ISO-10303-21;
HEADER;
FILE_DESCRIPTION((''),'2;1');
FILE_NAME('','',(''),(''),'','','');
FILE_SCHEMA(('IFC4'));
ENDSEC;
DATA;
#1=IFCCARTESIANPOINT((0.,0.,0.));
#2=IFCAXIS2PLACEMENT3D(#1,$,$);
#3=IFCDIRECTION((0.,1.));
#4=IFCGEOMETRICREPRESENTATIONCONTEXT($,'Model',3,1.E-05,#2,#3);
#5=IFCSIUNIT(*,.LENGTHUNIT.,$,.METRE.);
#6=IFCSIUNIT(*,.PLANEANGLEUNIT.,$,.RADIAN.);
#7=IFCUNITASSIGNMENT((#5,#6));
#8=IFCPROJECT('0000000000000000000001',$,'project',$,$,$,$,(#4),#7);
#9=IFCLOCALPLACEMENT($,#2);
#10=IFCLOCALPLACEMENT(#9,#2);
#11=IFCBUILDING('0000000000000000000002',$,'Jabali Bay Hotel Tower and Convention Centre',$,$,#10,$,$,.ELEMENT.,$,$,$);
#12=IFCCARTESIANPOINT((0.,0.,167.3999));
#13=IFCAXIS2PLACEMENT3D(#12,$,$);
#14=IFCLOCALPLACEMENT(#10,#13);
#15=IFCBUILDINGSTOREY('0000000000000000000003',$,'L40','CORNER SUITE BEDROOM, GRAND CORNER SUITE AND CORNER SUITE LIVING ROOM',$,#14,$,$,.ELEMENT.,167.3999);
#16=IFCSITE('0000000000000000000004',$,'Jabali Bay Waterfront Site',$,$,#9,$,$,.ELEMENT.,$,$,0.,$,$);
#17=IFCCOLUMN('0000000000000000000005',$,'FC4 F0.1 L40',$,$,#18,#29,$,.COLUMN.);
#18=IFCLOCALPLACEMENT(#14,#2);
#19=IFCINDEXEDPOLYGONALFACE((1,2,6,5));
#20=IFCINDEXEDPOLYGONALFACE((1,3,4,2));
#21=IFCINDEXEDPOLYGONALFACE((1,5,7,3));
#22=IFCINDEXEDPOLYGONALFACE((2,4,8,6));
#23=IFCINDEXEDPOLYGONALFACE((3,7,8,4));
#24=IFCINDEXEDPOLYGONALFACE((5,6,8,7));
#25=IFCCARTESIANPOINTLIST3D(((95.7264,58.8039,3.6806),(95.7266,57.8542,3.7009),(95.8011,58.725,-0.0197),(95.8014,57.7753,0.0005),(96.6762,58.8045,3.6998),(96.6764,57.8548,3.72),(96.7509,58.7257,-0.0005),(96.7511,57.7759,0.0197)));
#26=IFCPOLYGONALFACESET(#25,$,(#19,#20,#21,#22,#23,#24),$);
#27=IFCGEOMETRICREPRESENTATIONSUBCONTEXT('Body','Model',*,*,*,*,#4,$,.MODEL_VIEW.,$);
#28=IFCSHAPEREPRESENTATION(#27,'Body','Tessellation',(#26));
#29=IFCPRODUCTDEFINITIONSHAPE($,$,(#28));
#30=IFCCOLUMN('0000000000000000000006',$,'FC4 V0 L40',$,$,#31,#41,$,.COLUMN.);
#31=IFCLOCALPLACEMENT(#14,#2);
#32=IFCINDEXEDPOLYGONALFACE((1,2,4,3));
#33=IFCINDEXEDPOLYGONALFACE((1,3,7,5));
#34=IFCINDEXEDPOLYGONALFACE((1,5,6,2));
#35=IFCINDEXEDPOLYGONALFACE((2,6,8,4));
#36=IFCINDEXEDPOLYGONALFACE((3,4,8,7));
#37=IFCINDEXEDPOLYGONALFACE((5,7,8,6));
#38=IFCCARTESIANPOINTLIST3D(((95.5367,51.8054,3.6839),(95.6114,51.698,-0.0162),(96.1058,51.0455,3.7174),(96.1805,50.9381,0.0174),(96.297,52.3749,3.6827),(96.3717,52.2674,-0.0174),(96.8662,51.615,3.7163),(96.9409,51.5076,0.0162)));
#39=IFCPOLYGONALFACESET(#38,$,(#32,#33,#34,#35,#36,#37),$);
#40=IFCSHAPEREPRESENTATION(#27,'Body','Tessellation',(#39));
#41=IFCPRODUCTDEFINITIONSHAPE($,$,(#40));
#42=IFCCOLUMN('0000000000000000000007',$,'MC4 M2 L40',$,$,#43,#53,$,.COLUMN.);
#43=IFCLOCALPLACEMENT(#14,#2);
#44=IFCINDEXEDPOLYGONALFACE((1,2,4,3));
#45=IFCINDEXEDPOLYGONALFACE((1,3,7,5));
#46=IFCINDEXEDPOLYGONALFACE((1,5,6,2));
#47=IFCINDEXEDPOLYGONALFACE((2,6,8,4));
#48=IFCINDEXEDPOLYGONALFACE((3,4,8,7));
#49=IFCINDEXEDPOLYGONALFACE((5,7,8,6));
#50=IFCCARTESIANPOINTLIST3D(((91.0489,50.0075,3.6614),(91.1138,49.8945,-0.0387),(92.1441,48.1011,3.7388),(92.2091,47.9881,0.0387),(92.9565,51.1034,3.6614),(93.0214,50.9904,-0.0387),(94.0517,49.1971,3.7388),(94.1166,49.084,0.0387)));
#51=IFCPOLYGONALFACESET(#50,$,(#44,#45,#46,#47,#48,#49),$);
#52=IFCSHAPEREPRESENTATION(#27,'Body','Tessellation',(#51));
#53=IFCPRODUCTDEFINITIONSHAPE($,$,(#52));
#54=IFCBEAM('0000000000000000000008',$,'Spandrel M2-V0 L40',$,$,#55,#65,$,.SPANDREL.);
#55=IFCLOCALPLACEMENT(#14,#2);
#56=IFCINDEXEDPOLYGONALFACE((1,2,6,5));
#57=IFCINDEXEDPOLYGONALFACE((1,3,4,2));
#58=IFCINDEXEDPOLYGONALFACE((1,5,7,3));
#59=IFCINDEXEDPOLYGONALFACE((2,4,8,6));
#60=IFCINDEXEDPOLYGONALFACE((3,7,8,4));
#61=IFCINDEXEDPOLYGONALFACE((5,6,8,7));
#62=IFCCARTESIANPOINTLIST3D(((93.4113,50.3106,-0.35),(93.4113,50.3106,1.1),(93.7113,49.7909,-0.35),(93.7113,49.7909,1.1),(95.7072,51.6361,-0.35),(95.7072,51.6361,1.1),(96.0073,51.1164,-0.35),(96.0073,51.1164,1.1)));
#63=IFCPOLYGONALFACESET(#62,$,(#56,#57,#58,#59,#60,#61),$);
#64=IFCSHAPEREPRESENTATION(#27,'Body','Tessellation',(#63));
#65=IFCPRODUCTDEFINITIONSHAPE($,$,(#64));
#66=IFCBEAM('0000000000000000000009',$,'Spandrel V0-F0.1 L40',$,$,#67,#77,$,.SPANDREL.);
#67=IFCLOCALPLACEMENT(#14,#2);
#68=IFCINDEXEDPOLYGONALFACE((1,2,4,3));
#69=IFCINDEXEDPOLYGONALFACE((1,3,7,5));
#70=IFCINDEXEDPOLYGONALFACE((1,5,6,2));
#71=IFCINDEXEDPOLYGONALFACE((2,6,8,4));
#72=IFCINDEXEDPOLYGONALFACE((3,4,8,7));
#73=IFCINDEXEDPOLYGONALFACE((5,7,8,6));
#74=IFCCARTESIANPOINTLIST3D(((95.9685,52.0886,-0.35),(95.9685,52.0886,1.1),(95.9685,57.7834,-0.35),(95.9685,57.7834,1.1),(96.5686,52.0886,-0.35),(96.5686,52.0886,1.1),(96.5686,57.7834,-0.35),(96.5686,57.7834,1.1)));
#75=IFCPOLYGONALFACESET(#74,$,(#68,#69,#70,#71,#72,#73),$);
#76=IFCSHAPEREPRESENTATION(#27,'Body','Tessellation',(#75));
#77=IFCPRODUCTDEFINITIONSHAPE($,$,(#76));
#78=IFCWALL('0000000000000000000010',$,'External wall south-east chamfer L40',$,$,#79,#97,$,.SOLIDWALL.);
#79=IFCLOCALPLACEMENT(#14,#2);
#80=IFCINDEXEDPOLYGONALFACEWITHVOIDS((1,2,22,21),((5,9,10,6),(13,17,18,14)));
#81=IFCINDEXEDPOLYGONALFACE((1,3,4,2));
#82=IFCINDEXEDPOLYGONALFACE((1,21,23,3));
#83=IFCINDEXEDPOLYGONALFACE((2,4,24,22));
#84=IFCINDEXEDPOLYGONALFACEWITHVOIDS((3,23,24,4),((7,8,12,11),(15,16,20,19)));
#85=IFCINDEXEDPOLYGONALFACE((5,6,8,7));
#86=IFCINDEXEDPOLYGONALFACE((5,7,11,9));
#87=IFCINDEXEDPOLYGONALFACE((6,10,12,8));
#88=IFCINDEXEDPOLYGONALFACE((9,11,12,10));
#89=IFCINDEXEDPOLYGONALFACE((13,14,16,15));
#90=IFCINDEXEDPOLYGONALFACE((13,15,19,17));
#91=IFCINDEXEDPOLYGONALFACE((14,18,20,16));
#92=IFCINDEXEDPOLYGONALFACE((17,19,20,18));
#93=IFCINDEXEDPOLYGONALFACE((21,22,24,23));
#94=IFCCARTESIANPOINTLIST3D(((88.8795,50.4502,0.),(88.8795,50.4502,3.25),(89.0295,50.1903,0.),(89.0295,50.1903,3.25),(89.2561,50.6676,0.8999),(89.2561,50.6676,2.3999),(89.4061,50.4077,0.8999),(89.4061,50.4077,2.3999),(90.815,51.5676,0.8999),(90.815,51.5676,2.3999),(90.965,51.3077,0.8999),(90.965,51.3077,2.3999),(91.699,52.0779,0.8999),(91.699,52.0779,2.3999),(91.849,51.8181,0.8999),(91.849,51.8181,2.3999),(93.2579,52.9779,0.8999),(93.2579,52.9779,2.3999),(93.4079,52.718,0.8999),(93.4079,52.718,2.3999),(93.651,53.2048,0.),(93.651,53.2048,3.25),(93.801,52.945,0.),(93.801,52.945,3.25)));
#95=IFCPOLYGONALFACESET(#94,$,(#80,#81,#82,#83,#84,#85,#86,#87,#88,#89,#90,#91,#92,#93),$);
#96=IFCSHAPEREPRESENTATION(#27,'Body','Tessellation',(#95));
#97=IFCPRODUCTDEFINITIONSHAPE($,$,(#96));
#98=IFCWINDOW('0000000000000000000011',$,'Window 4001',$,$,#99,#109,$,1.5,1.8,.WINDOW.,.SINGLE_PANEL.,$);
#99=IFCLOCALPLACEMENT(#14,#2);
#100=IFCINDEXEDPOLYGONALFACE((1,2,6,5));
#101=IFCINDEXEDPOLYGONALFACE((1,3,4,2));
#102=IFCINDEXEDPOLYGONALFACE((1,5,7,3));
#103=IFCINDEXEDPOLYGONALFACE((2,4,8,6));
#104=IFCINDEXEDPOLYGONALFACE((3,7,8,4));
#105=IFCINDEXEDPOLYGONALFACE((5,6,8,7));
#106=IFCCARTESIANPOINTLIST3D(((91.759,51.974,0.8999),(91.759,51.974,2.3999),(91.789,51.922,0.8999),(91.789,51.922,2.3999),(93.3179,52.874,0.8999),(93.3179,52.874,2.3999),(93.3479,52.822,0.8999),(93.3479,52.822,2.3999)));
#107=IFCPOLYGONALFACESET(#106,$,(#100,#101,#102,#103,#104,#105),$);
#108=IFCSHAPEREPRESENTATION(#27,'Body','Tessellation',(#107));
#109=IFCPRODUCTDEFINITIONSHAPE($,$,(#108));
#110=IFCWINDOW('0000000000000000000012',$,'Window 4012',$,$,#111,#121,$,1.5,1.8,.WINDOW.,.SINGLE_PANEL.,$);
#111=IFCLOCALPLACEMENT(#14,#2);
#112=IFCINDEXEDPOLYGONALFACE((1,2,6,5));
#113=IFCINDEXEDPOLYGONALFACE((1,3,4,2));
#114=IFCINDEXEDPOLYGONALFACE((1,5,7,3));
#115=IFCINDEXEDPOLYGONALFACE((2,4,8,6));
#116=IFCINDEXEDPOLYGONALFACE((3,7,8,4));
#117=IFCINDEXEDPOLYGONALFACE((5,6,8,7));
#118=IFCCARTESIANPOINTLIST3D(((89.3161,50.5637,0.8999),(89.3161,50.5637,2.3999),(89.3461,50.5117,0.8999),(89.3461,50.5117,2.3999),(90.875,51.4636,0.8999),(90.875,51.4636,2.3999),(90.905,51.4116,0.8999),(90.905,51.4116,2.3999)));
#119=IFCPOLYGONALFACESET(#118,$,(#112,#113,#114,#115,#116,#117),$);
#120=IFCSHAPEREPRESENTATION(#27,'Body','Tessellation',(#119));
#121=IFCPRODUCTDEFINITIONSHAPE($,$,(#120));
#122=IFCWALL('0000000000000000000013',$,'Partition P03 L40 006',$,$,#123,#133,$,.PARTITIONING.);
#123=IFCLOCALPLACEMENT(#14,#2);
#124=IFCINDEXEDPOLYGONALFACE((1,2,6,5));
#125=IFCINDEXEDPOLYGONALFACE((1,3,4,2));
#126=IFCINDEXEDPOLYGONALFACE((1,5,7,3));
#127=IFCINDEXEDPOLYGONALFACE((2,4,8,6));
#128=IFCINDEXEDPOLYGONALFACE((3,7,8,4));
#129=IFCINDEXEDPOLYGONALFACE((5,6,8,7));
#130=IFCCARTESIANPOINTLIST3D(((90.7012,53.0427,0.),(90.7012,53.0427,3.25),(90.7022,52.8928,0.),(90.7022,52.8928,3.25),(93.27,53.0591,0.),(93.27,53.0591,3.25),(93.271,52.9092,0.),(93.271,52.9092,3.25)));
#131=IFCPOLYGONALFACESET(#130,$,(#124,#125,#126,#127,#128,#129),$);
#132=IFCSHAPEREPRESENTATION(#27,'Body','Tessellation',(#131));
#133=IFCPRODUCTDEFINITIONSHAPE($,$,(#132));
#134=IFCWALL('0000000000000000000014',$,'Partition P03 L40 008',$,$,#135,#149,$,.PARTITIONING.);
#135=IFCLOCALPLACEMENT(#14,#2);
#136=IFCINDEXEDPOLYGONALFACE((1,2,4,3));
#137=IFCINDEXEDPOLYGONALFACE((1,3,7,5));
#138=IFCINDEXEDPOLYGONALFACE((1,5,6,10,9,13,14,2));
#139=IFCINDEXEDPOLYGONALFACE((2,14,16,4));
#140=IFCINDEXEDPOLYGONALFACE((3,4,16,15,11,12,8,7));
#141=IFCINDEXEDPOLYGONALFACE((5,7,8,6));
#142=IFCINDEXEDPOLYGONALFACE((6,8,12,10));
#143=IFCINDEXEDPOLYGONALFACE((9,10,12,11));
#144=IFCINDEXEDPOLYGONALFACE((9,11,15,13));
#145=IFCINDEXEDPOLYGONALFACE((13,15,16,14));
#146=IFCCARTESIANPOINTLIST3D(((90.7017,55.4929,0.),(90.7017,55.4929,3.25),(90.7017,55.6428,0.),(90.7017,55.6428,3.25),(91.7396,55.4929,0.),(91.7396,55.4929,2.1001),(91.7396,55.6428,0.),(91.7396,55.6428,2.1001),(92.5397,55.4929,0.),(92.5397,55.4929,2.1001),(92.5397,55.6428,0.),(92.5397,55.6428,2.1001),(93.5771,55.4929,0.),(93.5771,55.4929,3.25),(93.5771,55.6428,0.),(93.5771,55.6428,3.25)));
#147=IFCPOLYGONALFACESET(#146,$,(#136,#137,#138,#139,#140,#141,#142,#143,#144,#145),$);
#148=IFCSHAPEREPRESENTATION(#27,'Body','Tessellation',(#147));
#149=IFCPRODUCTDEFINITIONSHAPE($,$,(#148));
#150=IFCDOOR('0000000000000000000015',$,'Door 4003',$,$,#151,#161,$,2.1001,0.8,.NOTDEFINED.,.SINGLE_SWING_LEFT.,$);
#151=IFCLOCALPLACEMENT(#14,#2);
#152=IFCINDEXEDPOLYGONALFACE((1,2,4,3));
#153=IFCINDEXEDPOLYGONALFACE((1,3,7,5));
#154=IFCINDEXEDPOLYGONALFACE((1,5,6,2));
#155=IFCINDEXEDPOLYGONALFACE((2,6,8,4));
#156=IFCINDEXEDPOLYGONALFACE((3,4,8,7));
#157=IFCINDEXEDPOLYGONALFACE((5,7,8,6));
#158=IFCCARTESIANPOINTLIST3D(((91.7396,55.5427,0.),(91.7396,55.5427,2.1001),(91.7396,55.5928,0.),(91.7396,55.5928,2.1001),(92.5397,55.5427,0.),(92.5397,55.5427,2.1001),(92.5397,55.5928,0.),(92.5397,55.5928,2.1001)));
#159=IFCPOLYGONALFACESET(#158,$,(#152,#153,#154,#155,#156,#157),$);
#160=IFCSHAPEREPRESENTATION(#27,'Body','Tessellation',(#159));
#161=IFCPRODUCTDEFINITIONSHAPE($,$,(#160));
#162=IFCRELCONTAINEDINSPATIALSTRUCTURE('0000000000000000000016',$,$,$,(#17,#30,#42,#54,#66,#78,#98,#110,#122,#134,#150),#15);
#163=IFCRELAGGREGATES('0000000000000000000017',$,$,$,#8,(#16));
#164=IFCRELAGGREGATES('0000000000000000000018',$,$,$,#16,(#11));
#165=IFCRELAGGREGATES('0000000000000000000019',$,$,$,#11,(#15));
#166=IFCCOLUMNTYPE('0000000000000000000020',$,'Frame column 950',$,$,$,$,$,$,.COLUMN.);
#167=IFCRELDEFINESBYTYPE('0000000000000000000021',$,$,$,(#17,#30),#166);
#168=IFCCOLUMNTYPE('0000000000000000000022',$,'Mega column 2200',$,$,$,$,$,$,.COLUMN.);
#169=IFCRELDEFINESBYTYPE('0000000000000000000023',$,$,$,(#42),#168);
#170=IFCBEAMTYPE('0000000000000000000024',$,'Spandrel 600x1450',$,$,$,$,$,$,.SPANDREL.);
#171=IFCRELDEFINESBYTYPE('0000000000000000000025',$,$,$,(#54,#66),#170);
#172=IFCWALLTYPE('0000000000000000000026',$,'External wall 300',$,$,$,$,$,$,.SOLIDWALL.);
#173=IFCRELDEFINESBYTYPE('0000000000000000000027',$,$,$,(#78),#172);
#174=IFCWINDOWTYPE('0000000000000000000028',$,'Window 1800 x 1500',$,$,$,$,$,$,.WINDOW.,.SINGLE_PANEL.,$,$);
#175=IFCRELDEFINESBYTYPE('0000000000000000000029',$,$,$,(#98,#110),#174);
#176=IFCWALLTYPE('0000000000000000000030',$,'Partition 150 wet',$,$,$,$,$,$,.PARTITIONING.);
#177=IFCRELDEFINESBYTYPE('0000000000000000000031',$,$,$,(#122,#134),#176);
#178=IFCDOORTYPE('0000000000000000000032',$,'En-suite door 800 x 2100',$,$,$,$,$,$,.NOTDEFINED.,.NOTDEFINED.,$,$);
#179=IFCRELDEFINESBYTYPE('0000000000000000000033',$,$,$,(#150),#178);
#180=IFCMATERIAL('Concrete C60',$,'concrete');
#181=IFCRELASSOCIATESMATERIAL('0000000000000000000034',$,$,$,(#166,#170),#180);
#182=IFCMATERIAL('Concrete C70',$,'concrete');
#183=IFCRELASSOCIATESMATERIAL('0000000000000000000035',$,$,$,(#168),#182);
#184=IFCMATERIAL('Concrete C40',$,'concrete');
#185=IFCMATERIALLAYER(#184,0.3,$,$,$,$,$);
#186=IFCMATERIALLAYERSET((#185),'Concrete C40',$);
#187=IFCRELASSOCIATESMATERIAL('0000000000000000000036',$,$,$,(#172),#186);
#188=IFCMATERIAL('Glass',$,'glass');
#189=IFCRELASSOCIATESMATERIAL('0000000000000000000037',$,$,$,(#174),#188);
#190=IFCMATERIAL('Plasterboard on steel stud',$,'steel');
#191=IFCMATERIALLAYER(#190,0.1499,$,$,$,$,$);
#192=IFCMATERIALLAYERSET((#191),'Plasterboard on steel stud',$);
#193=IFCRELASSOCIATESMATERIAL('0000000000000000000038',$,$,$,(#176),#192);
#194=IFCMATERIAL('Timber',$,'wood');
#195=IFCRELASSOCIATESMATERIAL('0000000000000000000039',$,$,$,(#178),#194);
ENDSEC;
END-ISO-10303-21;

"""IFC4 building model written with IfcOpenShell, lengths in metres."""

from ifc_helpers import new_model, si_unit, direction, frame, frame_2d, origin, origin_2d, place, context, subcontext, project, spatial, rectangle, extrude, material, layer, layer_set, material_profile, profile_set, type_object, element, fill, save


model = new_model("IFC4")

# Units and contexts
model_context = context("Model", 3, precision=1e-05, world=origin(), true_north=direction((0.0, 1.0)))
body_context = subcontext(model_context, "Body", "Model", "MODEL_VIEW")
ifc_project = project(units=[si_unit("LENGTHUNIT", "METRE"), si_unit("PLANEANGLEUNIT", "RADIAN")], contexts=[model_context])

# Site, building, storey
site_placement = place(None, origin())
site = spatial("IfcSite", under=ifc_project, at=site_placement, Name="Jabali Bay Waterfront Site", CompositionType="ELEMENT", RefElevation=0.0)
building_placement = place(site_placement, origin())
building = spatial("IfcBuilding", under=site, at=building_placement, Name="Jabali Bay Hotel Tower and Convention Centre", CompositionType="ELEMENT")
storey_placement = place(building_placement, frame((0.0, 0.0, 167.3999)))
storey = spatial("IfcBuildingStorey", under=building, at=storey_placement, Name="L40", Description="CORNER SUITE BEDROOM, GRAND CORNER SUITE AND CORNER SUITE LIVING ROOM", CompositionType="ELEMENT", Elevation=167.3999)

# Columns
ifc_material_1 = material(Name="Concrete C60", Category="concrete")
ifc_material_profile_1 = material_profile(ifc_material_1, rectangle(XDim=0.95, YDim=0.95, at=origin_2d()), Name="Frame column 950")
ifc_profile_set_1 = profile_set([ifc_material_profile_1], Name="Concrete C60")
column_type_1 = type_object("IfcColumnType", Name="Frame column 950", PredefinedType="COLUMN", material=ifc_profile_set_1)
column_1_placement = place(storey_placement, frame((96.2761, 58.2505, 0.0), z_axis=(-0.020181, 0.021303, 0.999569), x_axis=(0.000228, -0.999773, 0.021311)))
element("IfcColumn", 1, at=column_1_placement, inside=storey, type_object=column_type_1, Name="FC4 F0.1 L40", PredefinedType="COLUMN", context=body_context, shape_type="SweptSolid", body=[
    extrude(rectangle(XDim=0.95, YDim=0.95, at=origin_2d()), origin(), (0.0, 0.0, 1.0), 3.7019),
])
column_2_placement = place(storey_placement, frame((96.2761, 51.6028, 0.0), z_axis=(-0.020177, 0.029013, 0.999375), x_axis=(-0.800403, -0.599461, 0.001243)))
element("IfcColumn", 2, at=column_2_placement, inside=storey, type_object=column_type_1, Name="FC4 V0 L40", PredefinedType="COLUMN", context=body_context, shape_type="SweptSolid", body=[
    extrude(rectangle(XDim=0.95, YDim=0.95, at=origin_2d()), origin(), (0.0, 0.0, 1.0), 3.7024),
])
ifc_material_2 = material(Name="Concrete C70", Category="concrete")
ifc_material_profile_2 = material_profile(ifc_material_2, rectangle(XDim=2.2, YDim=2.2, at=origin_2d()), Name="Mega column 2200")
ifc_profile_set_2 = profile_set([ifc_material_profile_2], Name="Concrete C70")
column_type_2 = type_object("IfcColumnType", Name="Mega column 2200", PredefinedType="COLUMN", material=ifc_profile_set_2)
column_3_placement = place(storey_placement, frame((92.6152, 49.4893, 0.0), z_axis=(-0.01754, 0.03053, 0.99938), x_axis=(0.497845, -0.866551, 0.03521)))
element("IfcColumn", 3, at=column_3_placement, inside=storey, type_object=column_type_2, Name="MC4 M2 L40", PredefinedType="COLUMN", context=body_context, shape_type="SweptSolid", body=[
    extrude(rectangle(XDim=2.2, YDim=2.2, at=origin_2d()), origin(), (0.0, 0.0, 1.0), 3.7024),
])

# Beams
ifc_material_profile_3 = material_profile(ifc_material_1, rectangle(XDim=0.6001, YDim=1.45, at=origin_2d()), Name="Spandrel 600x1450")
ifc_profile_set_3 = profile_set([ifc_material_profile_3], Name="Concrete C60")
beam_type = type_object("IfcBeamType", Name="Spandrel 600x1450", PredefinedType="SPANDREL", material=ifc_profile_set_3)
beam_1_placement = place(storey_placement, frame((93.5613, 50.0508, 0.375), z_axis=(0.866041, 0.499972, 0.0), x_axis=(-0.499972, 0.866041, 0.0)))
element("IfcBeam", 4, at=beam_1_placement, inside=storey, type_object=beam_type, Name="Spandrel M2-V0 L40", PredefinedType="SPANDREL", context=body_context, shape_type="SweptSolid", body=[
    extrude(rectangle(XDim=0.6001, YDim=1.45, at=origin_2d()), origin(), (0.0, 0.0, 1.0), 2.6511),
])
beam_2_placement = place(storey_placement, frame((96.2686, 52.0886, 0.375), z_axis=(0.0, 1.0, 0.0), x_axis=(-1.0, 0.0, 0.0)))
element("IfcBeam", 5, at=beam_2_placement, inside=storey, type_object=beam_type, Name="Spandrel V0-F0.1 L40", PredefinedType="SPANDREL", context=body_context, shape_type="SweptSolid", body=[
    extrude(rectangle(XDim=0.6001, YDim=1.45, at=origin_2d()), origin(), (0.0, 0.0, 1.0), 5.6948),
])

# Wall, openings, windows
ifc_material_3 = material(Name="Concrete C40", Category="concrete")
ifc_layer_1 = layer(ifc_material_3, 0.3)
ifc_layer_set_1 = layer_set([ifc_layer_1], Name="Concrete C40")
wall_type_1 = type_object("IfcWallType", Name="External wall 300", PredefinedType="SOLIDWALL", material=ifc_layer_set_1)
wall_1_placement = place(storey_placement, frame((93.7261, 53.075, 0.0), z_axis=(0.0, 0.0, 1.0), x_axis=(-0.866039, -0.499976, 0.0)))
wall_1 = element("IfcWall", 6, at=wall_1_placement, inside=storey, type_object=wall_type_1, Name="External wall south-east chamfer L40", PredefinedType="SOLIDWALL", context=body_context, shape_type="SweptSolid", body=[
    extrude(rectangle(XDim=5.5095, YDim=0.3, at=frame_2d((2.7549, 0.0))), origin(), (0.0, 0.0, 1.0), 3.25),
])
opening_1_placement = place(wall_1_placement, frame((0.4541, 0.0, 0.8999)))
opening_1 = element("IfcOpeningElement", 7, at=opening_1_placement, cuts=wall_1, PredefinedType="OPENING", context=body_context, shape_type="SweptSolid", body=[
    extrude(rectangle(XDim=1.8, YDim=1.5, at=frame_2d((0.8999, 0.75))), frame((0.0, 0.1606, 0.0), z_axis=(0.0, -1.0, 0.0), x_axis=(1.0, 0.0, 0.0)), (0.0, 0.0, 1.0), 0.321),
])
opening_2_placement = place(wall_1_placement, frame((3.2749, 0.0, 0.8999)))
opening_2 = element("IfcOpeningElement", 8, at=opening_2_placement, cuts=wall_1, PredefinedType="OPENING", context=body_context, shape_type="SweptSolid", body=[
    extrude(rectangle(XDim=1.8, YDim=1.5, at=frame_2d((0.8999, 0.75))), frame((0.0, 0.1606, 0.0), z_axis=(0.0, -1.0, 0.0), x_axis=(1.0, 0.0, 0.0)), (0.0, 0.0, 1.0), 0.321),
])
ifc_material_4 = material(Name="Glass", Category="glass")
window_type = type_object("IfcWindowType", Name="Window 1800 x 1500", PartitioningType="SINGLE_PANEL", PredefinedType="WINDOW", material=ifc_material_4)
window_1_placement = place(opening_1_placement, origin())
window_1 = element("IfcWindow", 9, at=window_1_placement, inside=storey, type_object=window_type, Name="Window 4001", OverallHeight=1.5, OverallWidth=1.8, PartitioningType="SINGLE_PANEL", PredefinedType="WINDOW", context=body_context, shape_type="SweptSolid", body=[
    extrude(rectangle(XDim=1.8, YDim=1.5, at=frame_2d((0.8999, 0.75))), frame((0.0, 0.03, 0.0), z_axis=(0.0, -1.0, 0.0), x_axis=(1.0, 0.0, 0.0)), (0.0, 0.0, 1.0), 0.0601),
])
fill(opening_1, window_1)
window_2_placement = place(opening_2_placement, origin())
window_2 = element("IfcWindow", 10, at=window_2_placement, inside=storey, type_object=window_type, Name="Window 4012", OverallHeight=1.5, OverallWidth=1.8, PartitioningType="SINGLE_PANEL", PredefinedType="WINDOW", context=body_context, shape_type="SweptSolid", body=[
    extrude(rectangle(XDim=1.8, YDim=1.5, at=frame_2d((0.8999, 0.75))), frame((0.0, 0.03, 0.0), z_axis=(0.0, -1.0, 0.0), x_axis=(1.0, 0.0, 0.0)), (0.0, 0.0, 1.0), 0.0601),
])
fill(opening_2, window_2)

# Wall
ifc_material_5 = material(Name="Plasterboard on steel stud", Category="steel")
ifc_layer_2 = layer(ifc_material_5, 0.1499)
ifc_layer_set_2 = layer_set([ifc_layer_2], Name="Plasterboard on steel stud")
wall_type_2 = type_object("IfcWallType", Name="Partition 150 wet", PredefinedType="PARTITIONING", material=ifc_layer_set_2)
wall_2_placement = place(storey_placement, frame((93.2705, 52.9841, 0.0), z_axis=(0.0, 0.0, 1.0), x_axis=(-0.99998, -0.006367, 0.0)))
element("IfcWall", 11, at=wall_2_placement, inside=storey, type_object=wall_type_2, Name="Partition P03 L40 006", PredefinedType="PARTITIONING", context=body_context, shape_type="SweptSolid", body=[
    extrude(rectangle(XDim=2.5688, YDim=0.1499, at=frame_2d((1.2844, 0.0))), origin(), (0.0, 0.0, 1.0), 3.25),
])

# Wall, opening, door
wall_3_placement = place(storey_placement, frame((90.7017, 55.5679, 0.0), z_axis=(0.0, 0.0, 1.0), x_axis=(1.0, 0.0, 0.0)))
wall_3 = element("IfcWall", 12, at=wall_3_placement, inside=storey, type_object=wall_type_2, Name="Partition P03 L40 008", PredefinedType="PARTITIONING", context=body_context, shape_type="SweptSolid", body=[
    extrude(rectangle(XDim=2.8755, YDim=0.1499, at=frame_2d((1.4377, 0.0))), origin(), (0.0, 0.0, 1.0), 3.25),
])
opening_3_placement = place(wall_3_placement, frame((1.0381, 0.0, 0.0)))
opening_3 = element("IfcOpeningElement", 13, at=opening_3_placement, cuts=wall_3, PredefinedType="OPENING", context=body_context, shape_type="SweptSolid", body=[
    extrude(rectangle(XDim=0.8, YDim=2.1001, at=frame_2d((0.3999, 1.05))), frame((0.0, 0.0854, 0.0), z_axis=(0.0, -1.0, 0.0), x_axis=(1.0, 0.0, 0.0)), (0.0, 0.0, 1.0), 0.1709),
])
ifc_material_6 = material(Name="Timber", Category="wood")
door_type = type_object("IfcDoorType", Name="En-suite door 800 x 2100", OperationType="NOTDEFINED", PredefinedType="NOTDEFINED", material=ifc_material_6)
door_placement = place(opening_3_placement, origin())
door = element("IfcDoor", 14, at=door_placement, inside=storey, type_object=door_type, Name="Door 4003", OperationType="SINGLE_SWING_LEFT", OverallHeight=2.1001, OverallWidth=0.8, PredefinedType="NOTDEFINED", context=body_context, shape_type="SweptSolid", body=[
    extrude(rectangle(XDim=0.8, YDim=2.1001, at=frame_2d((0.3999, 1.05))), frame((0.0, 0.0249, 0.0), z_axis=(0.0, -1.0, 0.0), x_axis=(1.0, 0.0, 0.0)), (0.0, 0.0, 1.0), 0.05),
])
fill(opening_3, door)

save(model, "model.ifc")
